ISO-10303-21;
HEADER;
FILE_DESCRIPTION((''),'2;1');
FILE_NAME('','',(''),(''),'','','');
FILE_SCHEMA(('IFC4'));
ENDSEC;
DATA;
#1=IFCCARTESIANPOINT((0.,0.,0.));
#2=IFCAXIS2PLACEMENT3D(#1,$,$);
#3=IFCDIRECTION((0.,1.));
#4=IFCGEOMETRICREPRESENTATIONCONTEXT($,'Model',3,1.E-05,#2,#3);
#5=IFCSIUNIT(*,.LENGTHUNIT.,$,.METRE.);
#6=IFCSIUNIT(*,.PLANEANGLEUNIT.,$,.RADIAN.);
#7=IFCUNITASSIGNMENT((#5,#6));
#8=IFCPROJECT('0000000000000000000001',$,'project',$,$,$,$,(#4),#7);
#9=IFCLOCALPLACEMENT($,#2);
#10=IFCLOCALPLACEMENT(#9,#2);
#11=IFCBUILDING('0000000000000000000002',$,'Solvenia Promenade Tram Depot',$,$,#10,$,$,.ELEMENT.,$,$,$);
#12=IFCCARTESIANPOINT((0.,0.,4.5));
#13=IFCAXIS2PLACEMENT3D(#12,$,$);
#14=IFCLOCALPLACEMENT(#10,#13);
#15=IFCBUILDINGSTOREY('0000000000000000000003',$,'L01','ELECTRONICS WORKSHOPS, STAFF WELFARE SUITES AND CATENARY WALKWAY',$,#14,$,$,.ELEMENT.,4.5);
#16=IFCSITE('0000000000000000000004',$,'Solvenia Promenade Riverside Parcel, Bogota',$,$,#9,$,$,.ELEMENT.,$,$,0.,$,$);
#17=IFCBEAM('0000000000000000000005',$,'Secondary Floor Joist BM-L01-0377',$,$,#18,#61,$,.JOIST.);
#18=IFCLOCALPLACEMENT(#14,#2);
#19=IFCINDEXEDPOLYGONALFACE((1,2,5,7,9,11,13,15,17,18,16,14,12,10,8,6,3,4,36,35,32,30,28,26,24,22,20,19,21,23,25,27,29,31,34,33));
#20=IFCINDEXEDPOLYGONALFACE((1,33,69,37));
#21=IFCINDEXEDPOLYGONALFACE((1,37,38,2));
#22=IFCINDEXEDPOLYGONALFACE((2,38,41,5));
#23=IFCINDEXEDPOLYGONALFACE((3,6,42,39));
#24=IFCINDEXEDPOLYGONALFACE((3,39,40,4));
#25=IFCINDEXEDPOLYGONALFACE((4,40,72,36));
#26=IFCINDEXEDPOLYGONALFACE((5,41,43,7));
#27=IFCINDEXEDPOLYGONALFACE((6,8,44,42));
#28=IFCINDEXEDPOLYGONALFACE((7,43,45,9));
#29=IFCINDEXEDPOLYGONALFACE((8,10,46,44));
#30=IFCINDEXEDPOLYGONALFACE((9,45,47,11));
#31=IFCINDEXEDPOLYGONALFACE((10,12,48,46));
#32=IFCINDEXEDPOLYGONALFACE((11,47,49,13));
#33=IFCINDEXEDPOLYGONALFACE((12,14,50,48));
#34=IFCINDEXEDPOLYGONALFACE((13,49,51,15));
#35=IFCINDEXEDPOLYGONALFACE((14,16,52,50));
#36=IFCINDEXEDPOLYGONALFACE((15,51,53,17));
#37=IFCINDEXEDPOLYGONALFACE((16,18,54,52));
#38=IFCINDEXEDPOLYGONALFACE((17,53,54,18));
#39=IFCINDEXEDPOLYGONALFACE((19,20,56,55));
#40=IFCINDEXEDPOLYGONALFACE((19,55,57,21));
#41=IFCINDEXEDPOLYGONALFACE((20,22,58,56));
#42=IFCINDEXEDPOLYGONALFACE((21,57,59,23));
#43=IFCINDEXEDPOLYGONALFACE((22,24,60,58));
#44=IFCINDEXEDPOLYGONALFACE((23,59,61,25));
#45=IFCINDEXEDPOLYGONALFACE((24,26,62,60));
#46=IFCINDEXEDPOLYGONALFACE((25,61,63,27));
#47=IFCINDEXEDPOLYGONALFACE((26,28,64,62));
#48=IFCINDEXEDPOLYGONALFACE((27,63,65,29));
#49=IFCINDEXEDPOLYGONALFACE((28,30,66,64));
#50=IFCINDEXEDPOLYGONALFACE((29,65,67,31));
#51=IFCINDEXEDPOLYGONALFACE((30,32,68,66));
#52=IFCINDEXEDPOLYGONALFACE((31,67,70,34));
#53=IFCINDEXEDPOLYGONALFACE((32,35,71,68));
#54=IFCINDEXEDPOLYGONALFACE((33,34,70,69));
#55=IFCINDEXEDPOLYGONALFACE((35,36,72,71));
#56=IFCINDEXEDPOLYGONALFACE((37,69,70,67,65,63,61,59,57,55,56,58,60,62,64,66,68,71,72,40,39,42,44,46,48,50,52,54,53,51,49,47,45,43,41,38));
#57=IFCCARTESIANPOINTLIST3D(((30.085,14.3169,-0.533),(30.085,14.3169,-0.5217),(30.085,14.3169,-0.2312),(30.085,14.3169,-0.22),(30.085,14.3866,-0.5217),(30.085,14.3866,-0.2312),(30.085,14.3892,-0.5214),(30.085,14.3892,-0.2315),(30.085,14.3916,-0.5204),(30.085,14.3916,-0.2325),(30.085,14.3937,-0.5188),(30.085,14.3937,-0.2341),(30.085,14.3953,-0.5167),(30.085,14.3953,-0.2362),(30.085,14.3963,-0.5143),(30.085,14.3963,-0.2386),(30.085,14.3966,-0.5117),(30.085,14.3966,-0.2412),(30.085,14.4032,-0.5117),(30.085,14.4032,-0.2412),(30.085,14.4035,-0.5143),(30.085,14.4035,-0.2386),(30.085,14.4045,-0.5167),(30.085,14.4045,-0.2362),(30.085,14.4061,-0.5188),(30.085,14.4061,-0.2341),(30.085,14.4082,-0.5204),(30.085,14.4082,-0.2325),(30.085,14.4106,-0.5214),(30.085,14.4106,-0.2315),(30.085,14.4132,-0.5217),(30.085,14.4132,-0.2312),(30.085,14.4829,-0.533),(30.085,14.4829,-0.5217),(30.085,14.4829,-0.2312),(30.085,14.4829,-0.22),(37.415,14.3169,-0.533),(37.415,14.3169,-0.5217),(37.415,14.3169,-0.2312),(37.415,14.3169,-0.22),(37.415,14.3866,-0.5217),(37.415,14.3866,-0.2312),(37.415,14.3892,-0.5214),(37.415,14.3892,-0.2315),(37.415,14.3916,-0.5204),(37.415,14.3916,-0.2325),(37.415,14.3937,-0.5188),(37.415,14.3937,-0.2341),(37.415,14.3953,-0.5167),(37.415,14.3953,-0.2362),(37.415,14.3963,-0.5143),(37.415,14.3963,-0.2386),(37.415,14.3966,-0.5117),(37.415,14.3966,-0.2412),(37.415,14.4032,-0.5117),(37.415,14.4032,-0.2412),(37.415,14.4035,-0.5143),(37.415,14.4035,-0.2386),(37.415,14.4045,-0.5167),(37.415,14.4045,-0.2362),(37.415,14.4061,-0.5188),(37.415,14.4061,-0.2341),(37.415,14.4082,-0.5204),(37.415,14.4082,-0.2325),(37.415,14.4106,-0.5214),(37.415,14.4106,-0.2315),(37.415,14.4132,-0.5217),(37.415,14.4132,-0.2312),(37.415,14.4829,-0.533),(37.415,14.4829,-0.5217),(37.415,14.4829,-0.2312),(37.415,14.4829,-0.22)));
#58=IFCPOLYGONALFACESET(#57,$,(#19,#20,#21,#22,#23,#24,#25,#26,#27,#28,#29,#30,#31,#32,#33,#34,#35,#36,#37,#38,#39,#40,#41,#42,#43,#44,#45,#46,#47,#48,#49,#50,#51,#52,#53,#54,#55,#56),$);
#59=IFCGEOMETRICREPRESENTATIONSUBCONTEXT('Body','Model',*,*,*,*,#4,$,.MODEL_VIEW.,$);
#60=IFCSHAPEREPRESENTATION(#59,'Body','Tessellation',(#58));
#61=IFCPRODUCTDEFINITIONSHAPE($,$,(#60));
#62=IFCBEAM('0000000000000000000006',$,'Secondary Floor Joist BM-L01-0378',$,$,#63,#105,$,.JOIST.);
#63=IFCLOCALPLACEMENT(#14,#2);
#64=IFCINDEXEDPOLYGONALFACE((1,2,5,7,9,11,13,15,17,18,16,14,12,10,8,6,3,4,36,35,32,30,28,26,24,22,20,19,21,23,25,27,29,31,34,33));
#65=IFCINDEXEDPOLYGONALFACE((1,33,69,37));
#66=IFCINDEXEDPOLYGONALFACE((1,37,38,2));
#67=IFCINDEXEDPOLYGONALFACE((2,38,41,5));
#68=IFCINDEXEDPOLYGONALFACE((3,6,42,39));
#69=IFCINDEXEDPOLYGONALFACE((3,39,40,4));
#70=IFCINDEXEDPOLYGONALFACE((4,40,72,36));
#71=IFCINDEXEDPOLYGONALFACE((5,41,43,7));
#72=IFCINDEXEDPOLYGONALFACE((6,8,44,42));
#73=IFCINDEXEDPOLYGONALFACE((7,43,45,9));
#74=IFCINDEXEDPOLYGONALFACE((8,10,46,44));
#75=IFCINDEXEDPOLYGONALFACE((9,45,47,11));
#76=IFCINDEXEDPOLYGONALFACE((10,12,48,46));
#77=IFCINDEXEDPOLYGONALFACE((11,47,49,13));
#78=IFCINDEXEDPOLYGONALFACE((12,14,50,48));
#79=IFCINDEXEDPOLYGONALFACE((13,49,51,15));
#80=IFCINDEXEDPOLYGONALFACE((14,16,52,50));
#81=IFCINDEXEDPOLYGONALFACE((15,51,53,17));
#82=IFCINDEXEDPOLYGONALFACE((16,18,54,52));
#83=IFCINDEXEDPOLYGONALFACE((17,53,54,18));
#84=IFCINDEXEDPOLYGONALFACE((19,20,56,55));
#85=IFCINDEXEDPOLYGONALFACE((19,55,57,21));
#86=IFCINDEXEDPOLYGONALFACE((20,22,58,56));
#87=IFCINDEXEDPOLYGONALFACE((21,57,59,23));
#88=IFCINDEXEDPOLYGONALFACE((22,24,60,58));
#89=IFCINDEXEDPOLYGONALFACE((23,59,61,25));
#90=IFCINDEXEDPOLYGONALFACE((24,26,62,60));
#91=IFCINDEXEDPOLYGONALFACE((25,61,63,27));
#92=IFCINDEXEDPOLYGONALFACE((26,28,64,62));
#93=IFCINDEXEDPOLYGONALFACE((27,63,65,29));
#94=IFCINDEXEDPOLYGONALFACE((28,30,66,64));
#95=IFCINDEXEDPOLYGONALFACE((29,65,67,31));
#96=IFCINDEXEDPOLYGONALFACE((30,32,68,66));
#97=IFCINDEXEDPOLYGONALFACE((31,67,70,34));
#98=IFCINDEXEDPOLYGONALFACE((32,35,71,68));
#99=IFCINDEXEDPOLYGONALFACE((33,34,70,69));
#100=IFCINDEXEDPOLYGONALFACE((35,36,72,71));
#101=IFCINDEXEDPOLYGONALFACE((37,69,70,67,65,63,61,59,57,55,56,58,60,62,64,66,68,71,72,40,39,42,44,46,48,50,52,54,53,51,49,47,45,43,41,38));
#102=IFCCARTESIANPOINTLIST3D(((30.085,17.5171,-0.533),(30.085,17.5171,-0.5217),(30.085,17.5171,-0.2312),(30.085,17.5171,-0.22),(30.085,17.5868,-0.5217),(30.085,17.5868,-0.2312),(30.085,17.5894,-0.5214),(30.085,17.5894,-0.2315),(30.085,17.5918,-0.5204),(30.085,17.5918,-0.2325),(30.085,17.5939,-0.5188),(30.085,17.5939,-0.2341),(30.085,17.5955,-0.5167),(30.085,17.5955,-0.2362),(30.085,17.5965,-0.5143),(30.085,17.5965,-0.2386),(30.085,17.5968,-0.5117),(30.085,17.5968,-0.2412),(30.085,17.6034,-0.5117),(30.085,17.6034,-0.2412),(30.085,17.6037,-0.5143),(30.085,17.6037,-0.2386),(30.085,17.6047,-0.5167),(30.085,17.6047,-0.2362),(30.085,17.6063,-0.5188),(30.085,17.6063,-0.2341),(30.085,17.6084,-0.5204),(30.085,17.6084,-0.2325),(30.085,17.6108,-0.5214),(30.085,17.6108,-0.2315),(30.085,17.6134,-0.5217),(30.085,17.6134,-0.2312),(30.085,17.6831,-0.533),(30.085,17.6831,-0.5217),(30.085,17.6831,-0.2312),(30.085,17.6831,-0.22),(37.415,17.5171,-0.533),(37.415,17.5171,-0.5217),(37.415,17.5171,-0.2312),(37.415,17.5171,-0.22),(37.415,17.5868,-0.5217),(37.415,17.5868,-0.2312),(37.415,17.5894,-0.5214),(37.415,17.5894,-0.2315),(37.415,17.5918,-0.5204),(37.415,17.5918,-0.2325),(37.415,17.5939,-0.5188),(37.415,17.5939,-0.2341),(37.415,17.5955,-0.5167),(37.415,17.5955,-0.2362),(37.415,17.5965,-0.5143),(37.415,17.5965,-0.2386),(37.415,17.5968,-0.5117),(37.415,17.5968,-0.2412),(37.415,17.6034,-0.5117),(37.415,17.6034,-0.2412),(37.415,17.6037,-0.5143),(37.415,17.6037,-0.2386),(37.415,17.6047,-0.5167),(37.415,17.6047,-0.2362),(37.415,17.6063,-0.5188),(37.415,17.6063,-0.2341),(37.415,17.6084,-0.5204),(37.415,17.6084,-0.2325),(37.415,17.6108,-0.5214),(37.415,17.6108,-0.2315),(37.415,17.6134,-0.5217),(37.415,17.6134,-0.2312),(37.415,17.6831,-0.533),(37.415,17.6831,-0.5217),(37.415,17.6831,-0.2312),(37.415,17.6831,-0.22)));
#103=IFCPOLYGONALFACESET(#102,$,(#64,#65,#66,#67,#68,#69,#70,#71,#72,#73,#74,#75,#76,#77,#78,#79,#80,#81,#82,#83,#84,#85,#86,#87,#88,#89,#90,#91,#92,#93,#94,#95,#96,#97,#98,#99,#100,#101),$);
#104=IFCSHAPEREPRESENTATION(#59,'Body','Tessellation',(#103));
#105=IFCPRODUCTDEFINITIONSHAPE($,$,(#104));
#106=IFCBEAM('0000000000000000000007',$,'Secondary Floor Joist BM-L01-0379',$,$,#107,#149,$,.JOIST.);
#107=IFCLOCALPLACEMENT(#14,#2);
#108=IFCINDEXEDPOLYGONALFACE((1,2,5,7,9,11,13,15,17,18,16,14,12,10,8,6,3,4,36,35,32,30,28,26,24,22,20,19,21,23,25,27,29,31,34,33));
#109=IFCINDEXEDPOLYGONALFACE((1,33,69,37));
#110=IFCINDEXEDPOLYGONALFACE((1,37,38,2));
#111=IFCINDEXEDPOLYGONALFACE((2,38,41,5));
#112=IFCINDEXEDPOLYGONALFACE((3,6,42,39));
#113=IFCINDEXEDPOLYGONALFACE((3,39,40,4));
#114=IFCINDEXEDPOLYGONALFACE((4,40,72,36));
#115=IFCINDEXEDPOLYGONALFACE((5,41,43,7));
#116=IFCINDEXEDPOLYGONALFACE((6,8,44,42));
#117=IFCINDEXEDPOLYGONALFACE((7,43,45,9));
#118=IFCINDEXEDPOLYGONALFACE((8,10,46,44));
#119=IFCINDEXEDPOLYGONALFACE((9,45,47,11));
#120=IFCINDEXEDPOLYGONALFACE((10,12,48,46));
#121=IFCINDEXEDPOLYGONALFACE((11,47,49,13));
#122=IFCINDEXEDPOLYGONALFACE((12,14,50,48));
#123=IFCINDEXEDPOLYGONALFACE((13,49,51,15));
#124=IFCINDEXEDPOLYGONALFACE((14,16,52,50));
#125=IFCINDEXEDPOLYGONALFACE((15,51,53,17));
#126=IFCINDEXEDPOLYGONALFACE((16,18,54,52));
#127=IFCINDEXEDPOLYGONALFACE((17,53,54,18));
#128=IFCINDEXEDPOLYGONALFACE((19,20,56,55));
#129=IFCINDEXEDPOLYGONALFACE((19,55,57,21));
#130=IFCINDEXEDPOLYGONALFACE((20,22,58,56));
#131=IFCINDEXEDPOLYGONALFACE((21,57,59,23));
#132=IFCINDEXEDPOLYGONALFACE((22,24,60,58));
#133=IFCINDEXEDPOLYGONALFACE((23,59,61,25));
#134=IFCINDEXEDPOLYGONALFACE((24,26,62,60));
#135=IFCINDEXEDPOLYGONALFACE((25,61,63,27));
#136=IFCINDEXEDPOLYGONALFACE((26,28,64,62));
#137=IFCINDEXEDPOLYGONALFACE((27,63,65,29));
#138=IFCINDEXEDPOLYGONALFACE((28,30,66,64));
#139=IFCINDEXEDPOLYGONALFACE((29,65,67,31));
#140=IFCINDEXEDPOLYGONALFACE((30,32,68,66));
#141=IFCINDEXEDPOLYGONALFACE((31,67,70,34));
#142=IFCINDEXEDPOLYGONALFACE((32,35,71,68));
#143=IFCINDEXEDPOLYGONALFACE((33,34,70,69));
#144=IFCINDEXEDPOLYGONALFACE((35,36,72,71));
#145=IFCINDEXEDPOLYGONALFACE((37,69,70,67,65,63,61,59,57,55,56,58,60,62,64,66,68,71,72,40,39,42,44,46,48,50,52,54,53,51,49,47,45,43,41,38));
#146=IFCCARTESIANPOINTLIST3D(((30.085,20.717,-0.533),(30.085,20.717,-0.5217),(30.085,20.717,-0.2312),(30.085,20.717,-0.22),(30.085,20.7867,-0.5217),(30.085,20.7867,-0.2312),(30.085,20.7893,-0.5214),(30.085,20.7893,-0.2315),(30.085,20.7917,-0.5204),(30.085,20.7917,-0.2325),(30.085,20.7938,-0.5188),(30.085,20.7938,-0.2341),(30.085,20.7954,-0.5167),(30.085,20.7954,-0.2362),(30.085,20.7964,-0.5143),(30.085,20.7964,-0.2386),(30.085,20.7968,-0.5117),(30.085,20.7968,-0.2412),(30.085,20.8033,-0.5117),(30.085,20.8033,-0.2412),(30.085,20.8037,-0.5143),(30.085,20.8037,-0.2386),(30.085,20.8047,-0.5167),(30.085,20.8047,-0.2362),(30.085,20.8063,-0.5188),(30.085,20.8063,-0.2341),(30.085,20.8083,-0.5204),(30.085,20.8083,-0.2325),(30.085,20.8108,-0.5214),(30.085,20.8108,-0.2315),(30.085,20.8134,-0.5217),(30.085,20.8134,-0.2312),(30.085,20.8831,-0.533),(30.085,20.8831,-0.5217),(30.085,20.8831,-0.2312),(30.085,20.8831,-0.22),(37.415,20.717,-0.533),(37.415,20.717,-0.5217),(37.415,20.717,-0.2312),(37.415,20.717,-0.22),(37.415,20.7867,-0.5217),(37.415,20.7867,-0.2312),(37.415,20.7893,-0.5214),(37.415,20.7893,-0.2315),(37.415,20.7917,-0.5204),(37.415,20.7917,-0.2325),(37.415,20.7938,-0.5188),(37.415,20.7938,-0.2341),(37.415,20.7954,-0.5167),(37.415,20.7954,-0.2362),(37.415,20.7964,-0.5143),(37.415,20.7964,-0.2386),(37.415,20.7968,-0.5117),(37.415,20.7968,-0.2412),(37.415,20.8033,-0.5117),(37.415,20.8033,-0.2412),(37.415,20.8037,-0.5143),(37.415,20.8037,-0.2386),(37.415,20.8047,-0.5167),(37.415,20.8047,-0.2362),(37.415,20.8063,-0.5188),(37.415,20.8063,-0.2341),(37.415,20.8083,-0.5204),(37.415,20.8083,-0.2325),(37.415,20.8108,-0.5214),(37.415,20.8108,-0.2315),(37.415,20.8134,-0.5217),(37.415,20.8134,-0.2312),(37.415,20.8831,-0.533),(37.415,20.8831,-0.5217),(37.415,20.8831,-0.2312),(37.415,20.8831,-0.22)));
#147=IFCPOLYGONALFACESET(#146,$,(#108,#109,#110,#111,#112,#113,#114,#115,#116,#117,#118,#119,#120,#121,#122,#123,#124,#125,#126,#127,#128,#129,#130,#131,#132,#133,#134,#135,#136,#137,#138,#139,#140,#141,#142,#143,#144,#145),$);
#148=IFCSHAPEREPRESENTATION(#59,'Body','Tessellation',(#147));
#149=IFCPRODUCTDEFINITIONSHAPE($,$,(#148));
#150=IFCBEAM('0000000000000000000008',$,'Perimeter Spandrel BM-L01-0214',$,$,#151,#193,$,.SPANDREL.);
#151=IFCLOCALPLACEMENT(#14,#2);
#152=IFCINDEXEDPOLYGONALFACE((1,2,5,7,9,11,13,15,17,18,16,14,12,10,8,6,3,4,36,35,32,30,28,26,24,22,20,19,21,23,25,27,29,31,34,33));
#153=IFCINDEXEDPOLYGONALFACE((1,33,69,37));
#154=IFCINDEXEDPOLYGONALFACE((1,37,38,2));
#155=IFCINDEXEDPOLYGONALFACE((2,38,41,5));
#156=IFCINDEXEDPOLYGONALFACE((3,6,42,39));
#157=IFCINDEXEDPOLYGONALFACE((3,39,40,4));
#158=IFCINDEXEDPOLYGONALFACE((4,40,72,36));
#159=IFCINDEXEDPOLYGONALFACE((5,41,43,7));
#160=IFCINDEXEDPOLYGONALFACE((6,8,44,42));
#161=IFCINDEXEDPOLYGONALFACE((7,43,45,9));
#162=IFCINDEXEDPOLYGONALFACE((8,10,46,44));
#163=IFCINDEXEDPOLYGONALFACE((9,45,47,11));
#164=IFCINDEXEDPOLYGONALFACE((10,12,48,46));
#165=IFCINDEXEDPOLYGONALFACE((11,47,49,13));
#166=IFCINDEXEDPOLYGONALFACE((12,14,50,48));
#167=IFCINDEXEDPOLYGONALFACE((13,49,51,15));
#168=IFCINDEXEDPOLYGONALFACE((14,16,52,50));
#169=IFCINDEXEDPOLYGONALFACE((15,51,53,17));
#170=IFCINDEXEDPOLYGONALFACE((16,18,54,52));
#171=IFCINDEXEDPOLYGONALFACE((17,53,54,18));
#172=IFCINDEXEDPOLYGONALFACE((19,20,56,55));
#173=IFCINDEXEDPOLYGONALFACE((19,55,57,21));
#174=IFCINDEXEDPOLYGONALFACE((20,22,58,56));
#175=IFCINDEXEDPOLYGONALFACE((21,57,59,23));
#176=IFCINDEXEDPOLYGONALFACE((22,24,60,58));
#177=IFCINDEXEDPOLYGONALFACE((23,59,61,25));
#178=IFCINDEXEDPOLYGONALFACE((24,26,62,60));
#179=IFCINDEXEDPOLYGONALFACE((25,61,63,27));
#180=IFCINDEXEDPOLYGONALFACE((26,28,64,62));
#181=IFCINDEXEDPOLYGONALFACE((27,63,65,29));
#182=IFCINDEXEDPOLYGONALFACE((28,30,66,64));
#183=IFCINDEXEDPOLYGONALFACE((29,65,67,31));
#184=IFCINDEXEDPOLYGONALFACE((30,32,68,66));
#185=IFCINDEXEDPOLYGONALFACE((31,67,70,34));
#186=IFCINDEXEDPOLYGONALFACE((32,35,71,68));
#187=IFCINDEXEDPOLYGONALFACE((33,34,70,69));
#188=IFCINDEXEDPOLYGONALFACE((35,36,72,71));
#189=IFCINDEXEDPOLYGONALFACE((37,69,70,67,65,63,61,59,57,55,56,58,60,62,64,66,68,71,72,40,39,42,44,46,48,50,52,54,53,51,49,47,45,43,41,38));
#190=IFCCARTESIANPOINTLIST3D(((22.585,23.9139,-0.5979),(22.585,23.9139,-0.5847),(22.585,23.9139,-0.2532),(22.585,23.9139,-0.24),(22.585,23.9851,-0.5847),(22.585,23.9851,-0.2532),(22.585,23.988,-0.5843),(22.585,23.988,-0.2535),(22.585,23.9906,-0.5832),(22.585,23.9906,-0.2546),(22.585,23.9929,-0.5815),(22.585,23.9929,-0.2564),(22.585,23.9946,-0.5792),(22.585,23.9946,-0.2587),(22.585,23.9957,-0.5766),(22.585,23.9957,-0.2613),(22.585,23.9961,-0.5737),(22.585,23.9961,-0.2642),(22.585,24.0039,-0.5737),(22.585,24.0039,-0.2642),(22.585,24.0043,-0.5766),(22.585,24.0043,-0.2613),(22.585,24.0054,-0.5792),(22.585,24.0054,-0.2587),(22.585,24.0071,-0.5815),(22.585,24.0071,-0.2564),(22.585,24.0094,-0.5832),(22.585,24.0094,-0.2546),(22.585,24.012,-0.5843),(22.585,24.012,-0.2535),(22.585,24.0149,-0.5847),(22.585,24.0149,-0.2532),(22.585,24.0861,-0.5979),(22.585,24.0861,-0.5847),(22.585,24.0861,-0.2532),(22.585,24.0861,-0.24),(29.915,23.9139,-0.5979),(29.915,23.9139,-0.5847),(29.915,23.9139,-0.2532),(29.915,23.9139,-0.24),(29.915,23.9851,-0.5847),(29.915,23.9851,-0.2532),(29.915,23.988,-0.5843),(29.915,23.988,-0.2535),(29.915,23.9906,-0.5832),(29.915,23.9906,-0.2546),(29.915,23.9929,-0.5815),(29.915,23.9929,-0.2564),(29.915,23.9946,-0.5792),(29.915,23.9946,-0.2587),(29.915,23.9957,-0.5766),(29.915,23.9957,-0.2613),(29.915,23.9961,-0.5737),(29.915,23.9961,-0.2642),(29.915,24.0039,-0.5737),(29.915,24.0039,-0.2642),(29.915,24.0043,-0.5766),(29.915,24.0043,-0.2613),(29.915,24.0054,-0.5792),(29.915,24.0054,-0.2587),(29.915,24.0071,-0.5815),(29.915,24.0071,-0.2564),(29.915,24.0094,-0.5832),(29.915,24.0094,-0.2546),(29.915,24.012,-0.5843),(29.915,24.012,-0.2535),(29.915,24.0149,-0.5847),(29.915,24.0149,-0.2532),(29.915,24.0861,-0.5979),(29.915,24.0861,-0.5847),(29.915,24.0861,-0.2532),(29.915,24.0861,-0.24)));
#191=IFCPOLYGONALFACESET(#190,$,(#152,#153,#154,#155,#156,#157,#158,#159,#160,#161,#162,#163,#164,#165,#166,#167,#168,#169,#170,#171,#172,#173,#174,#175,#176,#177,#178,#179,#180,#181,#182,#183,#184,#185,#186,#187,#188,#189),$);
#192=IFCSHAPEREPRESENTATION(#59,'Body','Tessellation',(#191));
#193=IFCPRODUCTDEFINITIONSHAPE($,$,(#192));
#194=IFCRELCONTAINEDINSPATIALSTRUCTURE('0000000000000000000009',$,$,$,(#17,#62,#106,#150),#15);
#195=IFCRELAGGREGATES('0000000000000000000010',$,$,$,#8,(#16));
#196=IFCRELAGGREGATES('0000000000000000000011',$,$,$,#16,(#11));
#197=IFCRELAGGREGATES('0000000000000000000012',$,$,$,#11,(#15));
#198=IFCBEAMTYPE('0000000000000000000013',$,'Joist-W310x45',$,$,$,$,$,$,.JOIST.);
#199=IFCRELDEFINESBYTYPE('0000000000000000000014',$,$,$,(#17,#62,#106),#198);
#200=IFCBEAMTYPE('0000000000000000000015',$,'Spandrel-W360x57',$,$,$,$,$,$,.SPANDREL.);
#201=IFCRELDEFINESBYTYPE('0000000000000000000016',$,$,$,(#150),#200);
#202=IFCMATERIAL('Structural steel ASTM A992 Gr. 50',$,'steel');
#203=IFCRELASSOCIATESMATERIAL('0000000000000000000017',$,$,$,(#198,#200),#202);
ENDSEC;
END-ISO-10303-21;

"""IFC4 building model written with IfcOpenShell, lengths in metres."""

from ifc_helpers import new_model, si_unit, direction, frame, origin, origin_2d, place, context, subcontext, project, spatial, i_section, extrude, material, material_profile, profile_set, type_object, element, save


model = new_model("IFC4")

# Units and contexts
model_context = context("Model", 3, precision=1e-05, world=origin(), true_north=direction((0.0, 1.0)))
body_context = subcontext(model_context, "Body", "Model", "MODEL_VIEW")
ifc_project = project(units=[si_unit("LENGTHUNIT", "METRE"), si_unit("PLANEANGLEUNIT", "RADIAN")], contexts=[model_context])

# Site, building, storey
site_placement = place(None, origin())
site = spatial("IfcSite", under=ifc_project, at=site_placement, Name="Solvenia Promenade Riverside Parcel, Bogota", CompositionType="ELEMENT", RefElevation=0.0)
building_placement = place(site_placement, origin())
building = spatial("IfcBuilding", under=site, at=building_placement, Name="Solvenia Promenade Tram Depot", CompositionType="ELEMENT")
storey_placement = place(building_placement, frame((0.0, 0.0, 4.5)))
storey = spatial("IfcBuildingStorey", under=building, at=storey_placement, Name="L01", Description="ELECTRONICS WORKSHOPS, STAFF WELFARE SUITES AND CATENARY WALKWAY", CompositionType="ELEMENT", Elevation=4.5)

# Shared definitions
ifc_material_1 = material(Name="Structural steel ASTM A992 Gr. 50", Category="steel")

# Beams
ifc_material_profile_1 = material_profile(ifc_material_1, i_section(OverallWidth=0.166, OverallDepth=0.313, WebThickness=0.0066, FlangeThickness=0.0112, FilletRadius=0.01, at=origin_2d()), Name="W310x45", Category="steel")
ifc_profile_set_1 = profile_set([ifc_material_profile_1], Name="Structural steel ASTM A992 Gr. 50")
beam_type_1 = type_object("IfcBeamType", Name="Joist-W310x45", PredefinedType="JOIST", material=ifc_profile_set_1)
for number, where, z_axis, x_axis, name in (
    (1, (30.085, 14.3999, -0.3765), (1.0, 0.0, 0.0), (0.0, 1.0, 0.0), "Secondary Floor Joist BM-L01-0377"),
    (2, (30.085, 17.6001, -0.3765), (1.0, 0.0, 0.0), (0.0, 1.0, 0.0), "Secondary Floor Joist BM-L01-0378"),
    (3, (30.085, 20.8, -0.3765), (1.0, 0.0, 0.0), (0.0, 1.0, 0.0), "Secondary Floor Joist BM-L01-0379"),
):
    element("IfcBeam", number, at=place(storey_placement, frame(where, z_axis=z_axis, x_axis=x_axis)), inside=storey, type_object=beam_type_1, Name=name, PredefinedType="JOIST", context=body_context, shape_type="SweptSolid", body=[
        extrude(i_section(OverallWidth=0.166, OverallDepth=0.313, WebThickness=0.0066, FlangeThickness=0.0112, FilletRadius=0.01, at=origin_2d()), origin(), (0.0, 0.0, 1.0), 7.3301),
    ])
ifc_material_profile_2 = material_profile(ifc_material_1, i_section(OverallWidth=0.1721, OverallDepth=0.3579, WebThickness=0.0078, FlangeThickness=0.0132, FilletRadius=0.011, at=origin_2d()), Name="W360x57", Category="steel")
ifc_profile_set_2 = profile_set([ifc_material_profile_2], Name="Structural steel ASTM A992 Gr. 50")
beam_type_2 = type_object("IfcBeamType", Name="Spandrel-W360x57", PredefinedType="SPANDREL", material=ifc_profile_set_2)
for number, where, z_axis, x_axis, name in (
    (4, (22.585, 24.0, -0.4189), (1.0, 0.0, 0.0), (0.0, 1.0, 0.0), "Perimeter Spandrel BM-L01-0214"),
):
    element("IfcBeam", number, at=place(storey_placement, frame(where, z_axis=z_axis, x_axis=x_axis)), inside=storey, type_object=beam_type_2, Name=name, PredefinedType="SPANDREL", context=body_context, shape_type="SweptSolid", body=[
        extrude(i_section(OverallWidth=0.1721, OverallDepth=0.3579, WebThickness=0.0078, FlangeThickness=0.0132, FilletRadius=0.011, at=origin_2d()), origin(), (0.0, 0.0, 1.0), 7.3301),
    ])

save(model, "model.ifc")
